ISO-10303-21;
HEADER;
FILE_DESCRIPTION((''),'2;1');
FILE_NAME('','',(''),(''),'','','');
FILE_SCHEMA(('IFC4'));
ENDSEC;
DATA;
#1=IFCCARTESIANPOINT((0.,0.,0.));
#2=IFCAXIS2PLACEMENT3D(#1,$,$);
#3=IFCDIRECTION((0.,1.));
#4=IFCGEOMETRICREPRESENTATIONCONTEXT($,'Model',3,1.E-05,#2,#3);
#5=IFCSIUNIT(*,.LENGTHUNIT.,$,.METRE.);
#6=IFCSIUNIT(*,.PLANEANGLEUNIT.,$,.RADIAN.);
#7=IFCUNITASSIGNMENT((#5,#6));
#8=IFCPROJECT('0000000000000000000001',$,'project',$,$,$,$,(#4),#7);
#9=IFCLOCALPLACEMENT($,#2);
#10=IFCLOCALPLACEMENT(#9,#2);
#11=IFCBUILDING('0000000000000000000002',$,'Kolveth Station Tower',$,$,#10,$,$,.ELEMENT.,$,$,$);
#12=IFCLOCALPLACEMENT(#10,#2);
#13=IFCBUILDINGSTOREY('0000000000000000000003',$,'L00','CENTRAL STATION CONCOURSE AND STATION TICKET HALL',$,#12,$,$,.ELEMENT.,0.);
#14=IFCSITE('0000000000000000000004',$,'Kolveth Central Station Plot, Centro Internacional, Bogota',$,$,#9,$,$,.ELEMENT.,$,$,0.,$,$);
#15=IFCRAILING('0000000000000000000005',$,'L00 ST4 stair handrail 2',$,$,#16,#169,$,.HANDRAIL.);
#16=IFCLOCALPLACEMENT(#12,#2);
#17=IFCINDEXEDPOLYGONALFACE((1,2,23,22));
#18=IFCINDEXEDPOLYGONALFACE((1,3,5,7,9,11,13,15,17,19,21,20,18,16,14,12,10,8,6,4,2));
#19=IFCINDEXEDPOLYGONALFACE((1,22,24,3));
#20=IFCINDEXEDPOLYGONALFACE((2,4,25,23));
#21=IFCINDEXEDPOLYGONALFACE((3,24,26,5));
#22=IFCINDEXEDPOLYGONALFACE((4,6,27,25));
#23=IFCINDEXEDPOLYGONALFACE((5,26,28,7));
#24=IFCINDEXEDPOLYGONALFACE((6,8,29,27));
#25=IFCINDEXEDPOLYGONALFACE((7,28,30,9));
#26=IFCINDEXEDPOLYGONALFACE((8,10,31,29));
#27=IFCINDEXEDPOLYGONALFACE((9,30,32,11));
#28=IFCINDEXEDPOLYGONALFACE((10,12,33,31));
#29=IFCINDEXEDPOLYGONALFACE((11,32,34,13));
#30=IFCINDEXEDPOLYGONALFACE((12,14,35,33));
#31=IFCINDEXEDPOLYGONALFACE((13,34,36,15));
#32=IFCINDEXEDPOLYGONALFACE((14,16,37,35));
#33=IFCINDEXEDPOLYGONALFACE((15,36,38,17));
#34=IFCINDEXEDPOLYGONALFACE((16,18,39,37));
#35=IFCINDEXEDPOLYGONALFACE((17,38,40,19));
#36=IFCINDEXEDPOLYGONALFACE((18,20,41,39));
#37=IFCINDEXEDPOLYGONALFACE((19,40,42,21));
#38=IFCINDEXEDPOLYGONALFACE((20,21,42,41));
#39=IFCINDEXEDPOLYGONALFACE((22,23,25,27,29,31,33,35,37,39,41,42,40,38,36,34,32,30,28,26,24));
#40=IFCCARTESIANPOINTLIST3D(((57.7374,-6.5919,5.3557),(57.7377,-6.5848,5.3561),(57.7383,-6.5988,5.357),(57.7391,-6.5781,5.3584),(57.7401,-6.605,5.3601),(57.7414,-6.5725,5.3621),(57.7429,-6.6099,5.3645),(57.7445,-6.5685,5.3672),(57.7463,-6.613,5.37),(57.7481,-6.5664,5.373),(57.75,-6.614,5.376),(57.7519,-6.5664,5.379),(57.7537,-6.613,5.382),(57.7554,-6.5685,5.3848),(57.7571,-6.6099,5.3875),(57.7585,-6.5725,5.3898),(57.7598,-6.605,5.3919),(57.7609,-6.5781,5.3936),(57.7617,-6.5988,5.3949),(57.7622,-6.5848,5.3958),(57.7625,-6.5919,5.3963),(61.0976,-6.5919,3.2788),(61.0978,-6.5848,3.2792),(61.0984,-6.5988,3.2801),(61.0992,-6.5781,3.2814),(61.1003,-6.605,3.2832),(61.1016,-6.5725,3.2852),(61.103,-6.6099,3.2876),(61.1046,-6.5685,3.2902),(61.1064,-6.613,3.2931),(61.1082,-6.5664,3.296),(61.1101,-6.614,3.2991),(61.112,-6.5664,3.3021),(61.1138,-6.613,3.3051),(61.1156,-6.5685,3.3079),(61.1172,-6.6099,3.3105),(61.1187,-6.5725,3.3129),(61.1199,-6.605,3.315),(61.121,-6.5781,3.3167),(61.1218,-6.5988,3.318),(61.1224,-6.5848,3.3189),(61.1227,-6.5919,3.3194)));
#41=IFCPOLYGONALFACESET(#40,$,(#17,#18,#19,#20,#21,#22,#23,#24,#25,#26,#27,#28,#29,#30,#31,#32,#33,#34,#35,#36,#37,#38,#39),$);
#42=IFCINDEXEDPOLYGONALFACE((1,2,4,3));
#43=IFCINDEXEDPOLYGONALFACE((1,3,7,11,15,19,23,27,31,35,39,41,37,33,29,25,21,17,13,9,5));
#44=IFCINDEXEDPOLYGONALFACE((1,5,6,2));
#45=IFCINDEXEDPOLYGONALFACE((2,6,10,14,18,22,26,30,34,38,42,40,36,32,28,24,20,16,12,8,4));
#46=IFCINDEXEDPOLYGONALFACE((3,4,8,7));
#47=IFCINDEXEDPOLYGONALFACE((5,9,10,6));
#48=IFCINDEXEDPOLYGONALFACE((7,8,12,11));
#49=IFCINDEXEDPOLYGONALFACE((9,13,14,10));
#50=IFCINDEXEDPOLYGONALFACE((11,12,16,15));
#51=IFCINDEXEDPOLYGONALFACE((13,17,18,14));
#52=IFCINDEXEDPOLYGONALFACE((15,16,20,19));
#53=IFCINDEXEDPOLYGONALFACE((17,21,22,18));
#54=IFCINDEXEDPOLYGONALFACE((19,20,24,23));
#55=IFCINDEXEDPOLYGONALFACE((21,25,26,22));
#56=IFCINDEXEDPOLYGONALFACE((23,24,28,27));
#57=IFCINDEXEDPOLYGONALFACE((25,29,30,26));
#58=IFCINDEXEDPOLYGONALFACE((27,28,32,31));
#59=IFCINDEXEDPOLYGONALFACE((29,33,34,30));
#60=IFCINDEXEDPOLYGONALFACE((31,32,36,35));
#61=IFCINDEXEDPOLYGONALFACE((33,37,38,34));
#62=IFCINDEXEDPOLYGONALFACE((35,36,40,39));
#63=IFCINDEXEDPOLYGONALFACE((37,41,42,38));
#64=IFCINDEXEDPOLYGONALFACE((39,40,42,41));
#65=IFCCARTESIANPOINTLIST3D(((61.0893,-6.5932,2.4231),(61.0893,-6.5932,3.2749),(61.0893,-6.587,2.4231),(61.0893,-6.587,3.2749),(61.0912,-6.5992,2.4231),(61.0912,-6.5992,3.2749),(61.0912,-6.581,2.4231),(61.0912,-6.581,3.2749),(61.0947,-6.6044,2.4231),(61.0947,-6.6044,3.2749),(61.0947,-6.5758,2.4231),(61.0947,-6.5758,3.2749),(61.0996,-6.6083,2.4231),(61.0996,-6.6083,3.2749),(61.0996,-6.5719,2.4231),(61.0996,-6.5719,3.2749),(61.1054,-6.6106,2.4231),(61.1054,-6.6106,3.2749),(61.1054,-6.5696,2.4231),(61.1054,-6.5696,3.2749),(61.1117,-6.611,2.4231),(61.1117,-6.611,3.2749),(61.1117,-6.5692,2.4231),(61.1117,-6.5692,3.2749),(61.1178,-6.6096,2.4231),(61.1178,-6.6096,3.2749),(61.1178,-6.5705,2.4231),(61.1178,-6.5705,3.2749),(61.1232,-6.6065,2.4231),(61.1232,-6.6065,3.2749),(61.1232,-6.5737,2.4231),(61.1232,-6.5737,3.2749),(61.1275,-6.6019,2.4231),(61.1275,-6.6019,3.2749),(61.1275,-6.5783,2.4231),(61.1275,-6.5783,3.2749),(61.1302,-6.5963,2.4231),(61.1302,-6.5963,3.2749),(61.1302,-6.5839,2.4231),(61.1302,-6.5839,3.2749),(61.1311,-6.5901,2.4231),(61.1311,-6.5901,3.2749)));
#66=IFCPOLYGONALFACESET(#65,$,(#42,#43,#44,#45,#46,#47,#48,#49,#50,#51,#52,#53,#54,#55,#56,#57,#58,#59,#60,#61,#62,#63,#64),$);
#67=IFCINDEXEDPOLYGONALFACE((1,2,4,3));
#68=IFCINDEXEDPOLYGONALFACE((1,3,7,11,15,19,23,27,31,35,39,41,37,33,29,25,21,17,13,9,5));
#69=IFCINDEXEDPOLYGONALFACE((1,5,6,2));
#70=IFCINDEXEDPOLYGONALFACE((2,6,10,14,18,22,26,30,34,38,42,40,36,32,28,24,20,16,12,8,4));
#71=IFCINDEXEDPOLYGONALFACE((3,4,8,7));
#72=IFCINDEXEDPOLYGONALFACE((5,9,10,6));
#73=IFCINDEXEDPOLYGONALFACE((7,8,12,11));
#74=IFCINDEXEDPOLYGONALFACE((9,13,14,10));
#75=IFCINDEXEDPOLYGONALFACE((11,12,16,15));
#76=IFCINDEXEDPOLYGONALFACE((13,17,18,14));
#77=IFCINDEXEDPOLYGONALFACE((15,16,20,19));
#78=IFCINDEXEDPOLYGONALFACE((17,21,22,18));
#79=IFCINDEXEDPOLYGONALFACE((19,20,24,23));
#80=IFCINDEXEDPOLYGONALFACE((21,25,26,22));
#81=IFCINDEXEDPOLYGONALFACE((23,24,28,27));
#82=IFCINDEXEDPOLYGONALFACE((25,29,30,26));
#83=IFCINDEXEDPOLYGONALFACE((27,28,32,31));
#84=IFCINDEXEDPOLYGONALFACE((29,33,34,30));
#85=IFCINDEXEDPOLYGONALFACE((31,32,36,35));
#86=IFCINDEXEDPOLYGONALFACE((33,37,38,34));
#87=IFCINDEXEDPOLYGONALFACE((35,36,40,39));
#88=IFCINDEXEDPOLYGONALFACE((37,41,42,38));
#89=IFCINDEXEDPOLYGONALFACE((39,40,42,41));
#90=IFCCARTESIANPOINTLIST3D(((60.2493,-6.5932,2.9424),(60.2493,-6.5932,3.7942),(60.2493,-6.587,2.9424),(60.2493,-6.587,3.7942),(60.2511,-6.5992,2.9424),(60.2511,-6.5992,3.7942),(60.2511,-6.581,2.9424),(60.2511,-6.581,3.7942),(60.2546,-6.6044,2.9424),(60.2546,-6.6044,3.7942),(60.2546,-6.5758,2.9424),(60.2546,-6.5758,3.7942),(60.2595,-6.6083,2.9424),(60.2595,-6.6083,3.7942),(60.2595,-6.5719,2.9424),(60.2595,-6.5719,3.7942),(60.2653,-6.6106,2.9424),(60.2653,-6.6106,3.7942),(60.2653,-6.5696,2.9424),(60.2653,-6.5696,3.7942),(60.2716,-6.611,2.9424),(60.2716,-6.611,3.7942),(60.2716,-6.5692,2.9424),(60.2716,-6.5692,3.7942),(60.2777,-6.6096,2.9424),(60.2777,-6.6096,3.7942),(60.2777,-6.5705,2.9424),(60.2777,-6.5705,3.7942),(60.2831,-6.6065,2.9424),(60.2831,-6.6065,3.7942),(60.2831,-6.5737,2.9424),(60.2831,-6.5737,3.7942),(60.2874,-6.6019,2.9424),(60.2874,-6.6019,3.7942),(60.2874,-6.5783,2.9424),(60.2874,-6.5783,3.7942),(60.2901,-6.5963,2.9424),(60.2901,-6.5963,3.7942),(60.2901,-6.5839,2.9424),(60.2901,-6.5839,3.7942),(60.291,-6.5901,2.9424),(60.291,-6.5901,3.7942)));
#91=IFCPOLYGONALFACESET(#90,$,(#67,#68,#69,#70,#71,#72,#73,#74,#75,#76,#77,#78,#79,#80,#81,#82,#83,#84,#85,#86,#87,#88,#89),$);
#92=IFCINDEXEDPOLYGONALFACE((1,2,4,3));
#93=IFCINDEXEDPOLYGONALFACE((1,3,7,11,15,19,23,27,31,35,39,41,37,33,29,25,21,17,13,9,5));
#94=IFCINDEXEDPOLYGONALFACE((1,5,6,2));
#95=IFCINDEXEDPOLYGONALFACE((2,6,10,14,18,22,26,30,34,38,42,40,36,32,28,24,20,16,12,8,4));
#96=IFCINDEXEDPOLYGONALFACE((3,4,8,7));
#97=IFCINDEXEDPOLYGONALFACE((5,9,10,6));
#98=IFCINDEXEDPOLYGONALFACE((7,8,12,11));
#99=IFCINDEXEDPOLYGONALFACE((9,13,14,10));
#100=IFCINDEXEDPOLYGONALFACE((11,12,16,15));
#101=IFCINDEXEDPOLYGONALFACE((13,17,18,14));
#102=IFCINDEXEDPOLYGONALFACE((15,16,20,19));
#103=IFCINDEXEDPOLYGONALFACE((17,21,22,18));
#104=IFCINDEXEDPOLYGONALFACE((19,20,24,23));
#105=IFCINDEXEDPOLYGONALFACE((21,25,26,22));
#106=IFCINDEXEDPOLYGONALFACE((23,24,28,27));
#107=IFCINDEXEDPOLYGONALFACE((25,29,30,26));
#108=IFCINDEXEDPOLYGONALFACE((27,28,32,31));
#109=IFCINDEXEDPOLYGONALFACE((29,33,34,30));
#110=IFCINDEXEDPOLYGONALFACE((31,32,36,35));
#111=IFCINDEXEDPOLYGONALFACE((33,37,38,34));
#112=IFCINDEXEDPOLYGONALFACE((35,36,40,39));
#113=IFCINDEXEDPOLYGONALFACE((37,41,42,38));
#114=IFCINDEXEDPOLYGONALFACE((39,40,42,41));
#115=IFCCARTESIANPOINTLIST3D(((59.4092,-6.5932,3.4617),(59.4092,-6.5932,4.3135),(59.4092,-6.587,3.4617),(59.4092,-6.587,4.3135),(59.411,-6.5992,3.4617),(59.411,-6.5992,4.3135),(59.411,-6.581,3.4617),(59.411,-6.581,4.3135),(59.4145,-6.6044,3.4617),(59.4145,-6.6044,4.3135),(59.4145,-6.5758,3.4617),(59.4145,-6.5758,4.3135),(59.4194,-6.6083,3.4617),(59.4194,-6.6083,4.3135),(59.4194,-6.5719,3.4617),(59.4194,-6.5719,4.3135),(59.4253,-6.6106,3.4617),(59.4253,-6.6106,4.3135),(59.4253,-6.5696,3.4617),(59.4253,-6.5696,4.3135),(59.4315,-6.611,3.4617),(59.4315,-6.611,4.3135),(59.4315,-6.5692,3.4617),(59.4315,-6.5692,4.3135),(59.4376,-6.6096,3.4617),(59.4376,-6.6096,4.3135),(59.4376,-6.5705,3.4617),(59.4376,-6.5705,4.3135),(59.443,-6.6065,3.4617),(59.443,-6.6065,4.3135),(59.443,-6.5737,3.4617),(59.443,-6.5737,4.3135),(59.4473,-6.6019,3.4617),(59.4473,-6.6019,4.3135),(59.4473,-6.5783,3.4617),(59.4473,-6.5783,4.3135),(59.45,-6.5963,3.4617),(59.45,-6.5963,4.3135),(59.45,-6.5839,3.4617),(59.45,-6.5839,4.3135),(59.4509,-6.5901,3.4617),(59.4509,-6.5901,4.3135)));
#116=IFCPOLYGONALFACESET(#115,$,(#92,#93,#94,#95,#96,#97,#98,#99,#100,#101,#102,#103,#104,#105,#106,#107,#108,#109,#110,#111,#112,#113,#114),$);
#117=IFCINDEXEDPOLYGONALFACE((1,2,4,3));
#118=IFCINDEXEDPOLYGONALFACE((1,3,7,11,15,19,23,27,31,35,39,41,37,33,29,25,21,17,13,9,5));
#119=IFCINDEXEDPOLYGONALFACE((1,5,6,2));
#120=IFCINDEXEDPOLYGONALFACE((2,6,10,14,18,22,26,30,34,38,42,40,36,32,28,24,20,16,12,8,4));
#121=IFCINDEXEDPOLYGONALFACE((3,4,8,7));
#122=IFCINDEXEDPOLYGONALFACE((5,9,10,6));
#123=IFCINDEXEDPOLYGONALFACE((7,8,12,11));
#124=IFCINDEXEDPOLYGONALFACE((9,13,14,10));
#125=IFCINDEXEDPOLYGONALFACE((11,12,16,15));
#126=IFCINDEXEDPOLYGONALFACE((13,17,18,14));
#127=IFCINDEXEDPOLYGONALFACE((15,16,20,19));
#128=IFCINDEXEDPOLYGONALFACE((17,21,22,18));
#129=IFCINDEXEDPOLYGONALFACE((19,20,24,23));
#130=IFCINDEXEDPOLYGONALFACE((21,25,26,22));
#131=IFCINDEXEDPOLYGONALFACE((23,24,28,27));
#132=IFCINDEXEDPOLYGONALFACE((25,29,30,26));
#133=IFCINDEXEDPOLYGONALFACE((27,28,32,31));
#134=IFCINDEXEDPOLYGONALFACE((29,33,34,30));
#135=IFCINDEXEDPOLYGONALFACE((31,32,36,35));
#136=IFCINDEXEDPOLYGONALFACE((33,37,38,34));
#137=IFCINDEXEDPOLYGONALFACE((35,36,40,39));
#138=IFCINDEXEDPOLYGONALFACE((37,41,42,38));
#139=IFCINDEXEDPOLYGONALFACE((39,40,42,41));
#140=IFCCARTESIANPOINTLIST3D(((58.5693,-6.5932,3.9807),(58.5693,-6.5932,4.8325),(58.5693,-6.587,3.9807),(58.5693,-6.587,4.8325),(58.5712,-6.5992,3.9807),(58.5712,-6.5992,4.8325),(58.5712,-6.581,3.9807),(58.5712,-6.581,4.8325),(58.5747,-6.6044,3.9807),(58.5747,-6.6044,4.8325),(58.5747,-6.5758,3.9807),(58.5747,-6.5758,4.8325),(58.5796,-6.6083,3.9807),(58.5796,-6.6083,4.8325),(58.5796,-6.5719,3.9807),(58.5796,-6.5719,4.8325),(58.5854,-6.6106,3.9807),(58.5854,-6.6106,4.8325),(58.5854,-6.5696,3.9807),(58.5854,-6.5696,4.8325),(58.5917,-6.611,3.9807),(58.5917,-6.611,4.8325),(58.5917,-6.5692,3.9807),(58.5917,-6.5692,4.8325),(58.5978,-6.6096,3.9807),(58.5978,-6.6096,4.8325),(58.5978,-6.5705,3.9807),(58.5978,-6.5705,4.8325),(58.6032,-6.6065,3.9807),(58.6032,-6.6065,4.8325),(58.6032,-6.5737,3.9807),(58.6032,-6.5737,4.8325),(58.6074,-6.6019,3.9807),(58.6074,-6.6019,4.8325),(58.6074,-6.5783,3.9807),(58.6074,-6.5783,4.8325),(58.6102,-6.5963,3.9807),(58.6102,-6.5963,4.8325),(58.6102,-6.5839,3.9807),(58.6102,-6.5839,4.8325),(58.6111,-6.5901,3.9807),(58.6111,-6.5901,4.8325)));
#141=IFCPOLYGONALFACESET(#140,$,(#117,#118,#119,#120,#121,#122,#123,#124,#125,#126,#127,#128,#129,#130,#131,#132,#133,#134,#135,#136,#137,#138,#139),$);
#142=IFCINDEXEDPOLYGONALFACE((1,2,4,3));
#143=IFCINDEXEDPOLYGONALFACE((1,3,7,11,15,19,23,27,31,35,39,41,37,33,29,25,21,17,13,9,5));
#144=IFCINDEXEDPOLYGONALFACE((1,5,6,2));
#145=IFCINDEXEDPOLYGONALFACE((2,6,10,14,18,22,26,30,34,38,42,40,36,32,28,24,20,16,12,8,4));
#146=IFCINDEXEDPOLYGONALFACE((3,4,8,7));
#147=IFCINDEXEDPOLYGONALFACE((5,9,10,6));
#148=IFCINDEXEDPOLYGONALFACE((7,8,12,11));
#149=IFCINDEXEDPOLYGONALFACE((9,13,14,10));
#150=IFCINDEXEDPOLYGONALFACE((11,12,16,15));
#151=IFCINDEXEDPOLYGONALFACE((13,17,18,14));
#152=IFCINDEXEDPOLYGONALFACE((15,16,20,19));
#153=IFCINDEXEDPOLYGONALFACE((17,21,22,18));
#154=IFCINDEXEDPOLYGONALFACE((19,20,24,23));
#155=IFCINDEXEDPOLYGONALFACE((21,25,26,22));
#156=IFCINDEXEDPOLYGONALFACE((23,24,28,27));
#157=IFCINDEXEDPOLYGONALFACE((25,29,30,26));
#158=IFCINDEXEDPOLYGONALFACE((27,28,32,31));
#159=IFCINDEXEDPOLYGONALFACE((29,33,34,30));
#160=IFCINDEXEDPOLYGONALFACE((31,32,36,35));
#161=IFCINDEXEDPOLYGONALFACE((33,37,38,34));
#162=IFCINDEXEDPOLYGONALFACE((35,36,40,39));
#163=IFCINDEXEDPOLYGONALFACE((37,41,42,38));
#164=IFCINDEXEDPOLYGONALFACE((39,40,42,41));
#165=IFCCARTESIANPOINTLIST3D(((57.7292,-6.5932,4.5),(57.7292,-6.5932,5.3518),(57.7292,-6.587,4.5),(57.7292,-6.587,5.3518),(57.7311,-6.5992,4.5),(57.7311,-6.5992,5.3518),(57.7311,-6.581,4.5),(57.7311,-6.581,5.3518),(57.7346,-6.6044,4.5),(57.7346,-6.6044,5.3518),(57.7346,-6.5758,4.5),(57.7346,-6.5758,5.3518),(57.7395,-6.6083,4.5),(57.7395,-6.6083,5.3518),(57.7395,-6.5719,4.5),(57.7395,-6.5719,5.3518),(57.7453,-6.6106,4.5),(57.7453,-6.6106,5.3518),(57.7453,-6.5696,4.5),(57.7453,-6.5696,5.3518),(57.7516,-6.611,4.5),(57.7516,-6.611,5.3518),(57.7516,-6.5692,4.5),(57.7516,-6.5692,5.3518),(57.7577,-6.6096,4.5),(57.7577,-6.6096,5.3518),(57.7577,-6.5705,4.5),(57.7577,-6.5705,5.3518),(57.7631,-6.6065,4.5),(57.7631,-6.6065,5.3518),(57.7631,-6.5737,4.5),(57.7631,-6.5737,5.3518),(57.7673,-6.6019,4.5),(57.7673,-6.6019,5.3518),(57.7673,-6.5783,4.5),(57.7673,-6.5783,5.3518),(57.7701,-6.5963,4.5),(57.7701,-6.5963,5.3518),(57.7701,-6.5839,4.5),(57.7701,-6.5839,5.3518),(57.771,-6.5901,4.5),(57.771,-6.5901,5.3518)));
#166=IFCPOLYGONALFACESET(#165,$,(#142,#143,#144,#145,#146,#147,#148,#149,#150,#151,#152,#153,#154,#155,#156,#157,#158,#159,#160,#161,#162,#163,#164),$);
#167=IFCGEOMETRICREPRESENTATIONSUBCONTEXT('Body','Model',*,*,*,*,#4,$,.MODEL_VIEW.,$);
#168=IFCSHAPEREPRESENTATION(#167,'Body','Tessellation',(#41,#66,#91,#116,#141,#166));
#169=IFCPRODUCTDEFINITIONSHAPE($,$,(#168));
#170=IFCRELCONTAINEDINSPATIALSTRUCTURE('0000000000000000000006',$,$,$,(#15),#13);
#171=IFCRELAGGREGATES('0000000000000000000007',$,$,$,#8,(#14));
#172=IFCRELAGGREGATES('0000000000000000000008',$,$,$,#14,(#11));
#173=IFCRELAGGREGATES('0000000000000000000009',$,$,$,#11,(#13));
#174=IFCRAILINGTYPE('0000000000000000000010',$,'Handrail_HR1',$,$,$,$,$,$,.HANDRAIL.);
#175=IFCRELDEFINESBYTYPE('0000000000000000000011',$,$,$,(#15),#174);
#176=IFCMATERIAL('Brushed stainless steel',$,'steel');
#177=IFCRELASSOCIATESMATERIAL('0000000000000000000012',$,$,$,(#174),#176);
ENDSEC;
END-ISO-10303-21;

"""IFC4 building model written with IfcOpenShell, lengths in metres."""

from ifc_helpers import new_model, si_unit, direction, frame, origin, origin_2d, place, context, subcontext, project, spatial, circle, extrude, material, type_object, element, save


model = new_model("IFC4")

# Units and contexts
model_context = context("Model", 3, precision=1e-05, world=origin(), true_north=direction((0.0, 1.0)))
body_context = subcontext(model_context, "Body", "Model", "MODEL_VIEW")
ifc_project = project(units=[si_unit("LENGTHUNIT", "METRE"), si_unit("PLANEANGLEUNIT", "RADIAN")], contexts=[model_context])

# Site, building, storey
site_placement = place(None, origin())
site = spatial("IfcSite", under=ifc_project, at=site_placement, Name="Kolveth Central Station Plot, Centro Internacional, Bogota", CompositionType="ELEMENT", RefElevation=0.0)
building_placement = place(site_placement, origin())
building = spatial("IfcBuilding", under=site, at=building_placement, Name="Kolveth Station Tower", CompositionType="ELEMENT")
storey_placement = place(building_placement, origin())
storey = spatial("IfcBuildingStorey", under=building, at=storey_placement, Name="L00", Description="CENTRAL STATION CONCOURSE AND STATION TICKET HALL", CompositionType="ELEMENT", Elevation=0.0)

# Railing
ifc_material_1 = material(Name="Brushed stainless steel", Category="steel")
railing_type_1 = type_object("IfcRailingType", Name="Handrail_HR1", PredefinedType="HANDRAIL", material=ifc_material_1)
railing_1_placement = place(storey_placement, frame((61.1101, -6.5901, 2.4231)))
element("IfcRailing", 1, at=railing_1_placement, inside=storey, type_object=railing_type_1, Name="L00 ST4 stair handrail 2", PredefinedType="HANDRAIL", context=body_context, shape_type="SweptSolid", body=[
    extrude(circle(Radius=0.0239, at=origin_2d()), frame((0.0, 0.0, 0.876), z_axis=(-0.850623, 0.0, 0.525776), x_axis=(0.0, -1.0, 0.0)), (0.0, 0.0, 1.0), 3.9502),
    extrude(circle(Radius=0.021, at=origin_2d()), origin(), (0.0, 0.0, 1.0), 0.8518),
    extrude(circle(Radius=0.021, at=origin_2d()), frame((-0.8401, 0.0, 0.5193)), (0.0, 0.0, 1.0), 0.8518),
    extrude(circle(Radius=0.021, at=origin_2d()), frame((-1.6802, 0.0, 1.0386)), (0.0, 0.0, 1.0), 0.8518),
    extrude(circle(Radius=0.021, at=origin_2d()), frame((-2.52, 0.0, 1.5576)), (0.0, 0.0, 1.0), 0.8518),
    extrude(circle(Radius=0.021, at=origin_2d()), frame((-3.3601, 0.0, 2.0769)), (0.0, 0.0, 1.0), 0.8518),
])

save(model, "model.ifc")
